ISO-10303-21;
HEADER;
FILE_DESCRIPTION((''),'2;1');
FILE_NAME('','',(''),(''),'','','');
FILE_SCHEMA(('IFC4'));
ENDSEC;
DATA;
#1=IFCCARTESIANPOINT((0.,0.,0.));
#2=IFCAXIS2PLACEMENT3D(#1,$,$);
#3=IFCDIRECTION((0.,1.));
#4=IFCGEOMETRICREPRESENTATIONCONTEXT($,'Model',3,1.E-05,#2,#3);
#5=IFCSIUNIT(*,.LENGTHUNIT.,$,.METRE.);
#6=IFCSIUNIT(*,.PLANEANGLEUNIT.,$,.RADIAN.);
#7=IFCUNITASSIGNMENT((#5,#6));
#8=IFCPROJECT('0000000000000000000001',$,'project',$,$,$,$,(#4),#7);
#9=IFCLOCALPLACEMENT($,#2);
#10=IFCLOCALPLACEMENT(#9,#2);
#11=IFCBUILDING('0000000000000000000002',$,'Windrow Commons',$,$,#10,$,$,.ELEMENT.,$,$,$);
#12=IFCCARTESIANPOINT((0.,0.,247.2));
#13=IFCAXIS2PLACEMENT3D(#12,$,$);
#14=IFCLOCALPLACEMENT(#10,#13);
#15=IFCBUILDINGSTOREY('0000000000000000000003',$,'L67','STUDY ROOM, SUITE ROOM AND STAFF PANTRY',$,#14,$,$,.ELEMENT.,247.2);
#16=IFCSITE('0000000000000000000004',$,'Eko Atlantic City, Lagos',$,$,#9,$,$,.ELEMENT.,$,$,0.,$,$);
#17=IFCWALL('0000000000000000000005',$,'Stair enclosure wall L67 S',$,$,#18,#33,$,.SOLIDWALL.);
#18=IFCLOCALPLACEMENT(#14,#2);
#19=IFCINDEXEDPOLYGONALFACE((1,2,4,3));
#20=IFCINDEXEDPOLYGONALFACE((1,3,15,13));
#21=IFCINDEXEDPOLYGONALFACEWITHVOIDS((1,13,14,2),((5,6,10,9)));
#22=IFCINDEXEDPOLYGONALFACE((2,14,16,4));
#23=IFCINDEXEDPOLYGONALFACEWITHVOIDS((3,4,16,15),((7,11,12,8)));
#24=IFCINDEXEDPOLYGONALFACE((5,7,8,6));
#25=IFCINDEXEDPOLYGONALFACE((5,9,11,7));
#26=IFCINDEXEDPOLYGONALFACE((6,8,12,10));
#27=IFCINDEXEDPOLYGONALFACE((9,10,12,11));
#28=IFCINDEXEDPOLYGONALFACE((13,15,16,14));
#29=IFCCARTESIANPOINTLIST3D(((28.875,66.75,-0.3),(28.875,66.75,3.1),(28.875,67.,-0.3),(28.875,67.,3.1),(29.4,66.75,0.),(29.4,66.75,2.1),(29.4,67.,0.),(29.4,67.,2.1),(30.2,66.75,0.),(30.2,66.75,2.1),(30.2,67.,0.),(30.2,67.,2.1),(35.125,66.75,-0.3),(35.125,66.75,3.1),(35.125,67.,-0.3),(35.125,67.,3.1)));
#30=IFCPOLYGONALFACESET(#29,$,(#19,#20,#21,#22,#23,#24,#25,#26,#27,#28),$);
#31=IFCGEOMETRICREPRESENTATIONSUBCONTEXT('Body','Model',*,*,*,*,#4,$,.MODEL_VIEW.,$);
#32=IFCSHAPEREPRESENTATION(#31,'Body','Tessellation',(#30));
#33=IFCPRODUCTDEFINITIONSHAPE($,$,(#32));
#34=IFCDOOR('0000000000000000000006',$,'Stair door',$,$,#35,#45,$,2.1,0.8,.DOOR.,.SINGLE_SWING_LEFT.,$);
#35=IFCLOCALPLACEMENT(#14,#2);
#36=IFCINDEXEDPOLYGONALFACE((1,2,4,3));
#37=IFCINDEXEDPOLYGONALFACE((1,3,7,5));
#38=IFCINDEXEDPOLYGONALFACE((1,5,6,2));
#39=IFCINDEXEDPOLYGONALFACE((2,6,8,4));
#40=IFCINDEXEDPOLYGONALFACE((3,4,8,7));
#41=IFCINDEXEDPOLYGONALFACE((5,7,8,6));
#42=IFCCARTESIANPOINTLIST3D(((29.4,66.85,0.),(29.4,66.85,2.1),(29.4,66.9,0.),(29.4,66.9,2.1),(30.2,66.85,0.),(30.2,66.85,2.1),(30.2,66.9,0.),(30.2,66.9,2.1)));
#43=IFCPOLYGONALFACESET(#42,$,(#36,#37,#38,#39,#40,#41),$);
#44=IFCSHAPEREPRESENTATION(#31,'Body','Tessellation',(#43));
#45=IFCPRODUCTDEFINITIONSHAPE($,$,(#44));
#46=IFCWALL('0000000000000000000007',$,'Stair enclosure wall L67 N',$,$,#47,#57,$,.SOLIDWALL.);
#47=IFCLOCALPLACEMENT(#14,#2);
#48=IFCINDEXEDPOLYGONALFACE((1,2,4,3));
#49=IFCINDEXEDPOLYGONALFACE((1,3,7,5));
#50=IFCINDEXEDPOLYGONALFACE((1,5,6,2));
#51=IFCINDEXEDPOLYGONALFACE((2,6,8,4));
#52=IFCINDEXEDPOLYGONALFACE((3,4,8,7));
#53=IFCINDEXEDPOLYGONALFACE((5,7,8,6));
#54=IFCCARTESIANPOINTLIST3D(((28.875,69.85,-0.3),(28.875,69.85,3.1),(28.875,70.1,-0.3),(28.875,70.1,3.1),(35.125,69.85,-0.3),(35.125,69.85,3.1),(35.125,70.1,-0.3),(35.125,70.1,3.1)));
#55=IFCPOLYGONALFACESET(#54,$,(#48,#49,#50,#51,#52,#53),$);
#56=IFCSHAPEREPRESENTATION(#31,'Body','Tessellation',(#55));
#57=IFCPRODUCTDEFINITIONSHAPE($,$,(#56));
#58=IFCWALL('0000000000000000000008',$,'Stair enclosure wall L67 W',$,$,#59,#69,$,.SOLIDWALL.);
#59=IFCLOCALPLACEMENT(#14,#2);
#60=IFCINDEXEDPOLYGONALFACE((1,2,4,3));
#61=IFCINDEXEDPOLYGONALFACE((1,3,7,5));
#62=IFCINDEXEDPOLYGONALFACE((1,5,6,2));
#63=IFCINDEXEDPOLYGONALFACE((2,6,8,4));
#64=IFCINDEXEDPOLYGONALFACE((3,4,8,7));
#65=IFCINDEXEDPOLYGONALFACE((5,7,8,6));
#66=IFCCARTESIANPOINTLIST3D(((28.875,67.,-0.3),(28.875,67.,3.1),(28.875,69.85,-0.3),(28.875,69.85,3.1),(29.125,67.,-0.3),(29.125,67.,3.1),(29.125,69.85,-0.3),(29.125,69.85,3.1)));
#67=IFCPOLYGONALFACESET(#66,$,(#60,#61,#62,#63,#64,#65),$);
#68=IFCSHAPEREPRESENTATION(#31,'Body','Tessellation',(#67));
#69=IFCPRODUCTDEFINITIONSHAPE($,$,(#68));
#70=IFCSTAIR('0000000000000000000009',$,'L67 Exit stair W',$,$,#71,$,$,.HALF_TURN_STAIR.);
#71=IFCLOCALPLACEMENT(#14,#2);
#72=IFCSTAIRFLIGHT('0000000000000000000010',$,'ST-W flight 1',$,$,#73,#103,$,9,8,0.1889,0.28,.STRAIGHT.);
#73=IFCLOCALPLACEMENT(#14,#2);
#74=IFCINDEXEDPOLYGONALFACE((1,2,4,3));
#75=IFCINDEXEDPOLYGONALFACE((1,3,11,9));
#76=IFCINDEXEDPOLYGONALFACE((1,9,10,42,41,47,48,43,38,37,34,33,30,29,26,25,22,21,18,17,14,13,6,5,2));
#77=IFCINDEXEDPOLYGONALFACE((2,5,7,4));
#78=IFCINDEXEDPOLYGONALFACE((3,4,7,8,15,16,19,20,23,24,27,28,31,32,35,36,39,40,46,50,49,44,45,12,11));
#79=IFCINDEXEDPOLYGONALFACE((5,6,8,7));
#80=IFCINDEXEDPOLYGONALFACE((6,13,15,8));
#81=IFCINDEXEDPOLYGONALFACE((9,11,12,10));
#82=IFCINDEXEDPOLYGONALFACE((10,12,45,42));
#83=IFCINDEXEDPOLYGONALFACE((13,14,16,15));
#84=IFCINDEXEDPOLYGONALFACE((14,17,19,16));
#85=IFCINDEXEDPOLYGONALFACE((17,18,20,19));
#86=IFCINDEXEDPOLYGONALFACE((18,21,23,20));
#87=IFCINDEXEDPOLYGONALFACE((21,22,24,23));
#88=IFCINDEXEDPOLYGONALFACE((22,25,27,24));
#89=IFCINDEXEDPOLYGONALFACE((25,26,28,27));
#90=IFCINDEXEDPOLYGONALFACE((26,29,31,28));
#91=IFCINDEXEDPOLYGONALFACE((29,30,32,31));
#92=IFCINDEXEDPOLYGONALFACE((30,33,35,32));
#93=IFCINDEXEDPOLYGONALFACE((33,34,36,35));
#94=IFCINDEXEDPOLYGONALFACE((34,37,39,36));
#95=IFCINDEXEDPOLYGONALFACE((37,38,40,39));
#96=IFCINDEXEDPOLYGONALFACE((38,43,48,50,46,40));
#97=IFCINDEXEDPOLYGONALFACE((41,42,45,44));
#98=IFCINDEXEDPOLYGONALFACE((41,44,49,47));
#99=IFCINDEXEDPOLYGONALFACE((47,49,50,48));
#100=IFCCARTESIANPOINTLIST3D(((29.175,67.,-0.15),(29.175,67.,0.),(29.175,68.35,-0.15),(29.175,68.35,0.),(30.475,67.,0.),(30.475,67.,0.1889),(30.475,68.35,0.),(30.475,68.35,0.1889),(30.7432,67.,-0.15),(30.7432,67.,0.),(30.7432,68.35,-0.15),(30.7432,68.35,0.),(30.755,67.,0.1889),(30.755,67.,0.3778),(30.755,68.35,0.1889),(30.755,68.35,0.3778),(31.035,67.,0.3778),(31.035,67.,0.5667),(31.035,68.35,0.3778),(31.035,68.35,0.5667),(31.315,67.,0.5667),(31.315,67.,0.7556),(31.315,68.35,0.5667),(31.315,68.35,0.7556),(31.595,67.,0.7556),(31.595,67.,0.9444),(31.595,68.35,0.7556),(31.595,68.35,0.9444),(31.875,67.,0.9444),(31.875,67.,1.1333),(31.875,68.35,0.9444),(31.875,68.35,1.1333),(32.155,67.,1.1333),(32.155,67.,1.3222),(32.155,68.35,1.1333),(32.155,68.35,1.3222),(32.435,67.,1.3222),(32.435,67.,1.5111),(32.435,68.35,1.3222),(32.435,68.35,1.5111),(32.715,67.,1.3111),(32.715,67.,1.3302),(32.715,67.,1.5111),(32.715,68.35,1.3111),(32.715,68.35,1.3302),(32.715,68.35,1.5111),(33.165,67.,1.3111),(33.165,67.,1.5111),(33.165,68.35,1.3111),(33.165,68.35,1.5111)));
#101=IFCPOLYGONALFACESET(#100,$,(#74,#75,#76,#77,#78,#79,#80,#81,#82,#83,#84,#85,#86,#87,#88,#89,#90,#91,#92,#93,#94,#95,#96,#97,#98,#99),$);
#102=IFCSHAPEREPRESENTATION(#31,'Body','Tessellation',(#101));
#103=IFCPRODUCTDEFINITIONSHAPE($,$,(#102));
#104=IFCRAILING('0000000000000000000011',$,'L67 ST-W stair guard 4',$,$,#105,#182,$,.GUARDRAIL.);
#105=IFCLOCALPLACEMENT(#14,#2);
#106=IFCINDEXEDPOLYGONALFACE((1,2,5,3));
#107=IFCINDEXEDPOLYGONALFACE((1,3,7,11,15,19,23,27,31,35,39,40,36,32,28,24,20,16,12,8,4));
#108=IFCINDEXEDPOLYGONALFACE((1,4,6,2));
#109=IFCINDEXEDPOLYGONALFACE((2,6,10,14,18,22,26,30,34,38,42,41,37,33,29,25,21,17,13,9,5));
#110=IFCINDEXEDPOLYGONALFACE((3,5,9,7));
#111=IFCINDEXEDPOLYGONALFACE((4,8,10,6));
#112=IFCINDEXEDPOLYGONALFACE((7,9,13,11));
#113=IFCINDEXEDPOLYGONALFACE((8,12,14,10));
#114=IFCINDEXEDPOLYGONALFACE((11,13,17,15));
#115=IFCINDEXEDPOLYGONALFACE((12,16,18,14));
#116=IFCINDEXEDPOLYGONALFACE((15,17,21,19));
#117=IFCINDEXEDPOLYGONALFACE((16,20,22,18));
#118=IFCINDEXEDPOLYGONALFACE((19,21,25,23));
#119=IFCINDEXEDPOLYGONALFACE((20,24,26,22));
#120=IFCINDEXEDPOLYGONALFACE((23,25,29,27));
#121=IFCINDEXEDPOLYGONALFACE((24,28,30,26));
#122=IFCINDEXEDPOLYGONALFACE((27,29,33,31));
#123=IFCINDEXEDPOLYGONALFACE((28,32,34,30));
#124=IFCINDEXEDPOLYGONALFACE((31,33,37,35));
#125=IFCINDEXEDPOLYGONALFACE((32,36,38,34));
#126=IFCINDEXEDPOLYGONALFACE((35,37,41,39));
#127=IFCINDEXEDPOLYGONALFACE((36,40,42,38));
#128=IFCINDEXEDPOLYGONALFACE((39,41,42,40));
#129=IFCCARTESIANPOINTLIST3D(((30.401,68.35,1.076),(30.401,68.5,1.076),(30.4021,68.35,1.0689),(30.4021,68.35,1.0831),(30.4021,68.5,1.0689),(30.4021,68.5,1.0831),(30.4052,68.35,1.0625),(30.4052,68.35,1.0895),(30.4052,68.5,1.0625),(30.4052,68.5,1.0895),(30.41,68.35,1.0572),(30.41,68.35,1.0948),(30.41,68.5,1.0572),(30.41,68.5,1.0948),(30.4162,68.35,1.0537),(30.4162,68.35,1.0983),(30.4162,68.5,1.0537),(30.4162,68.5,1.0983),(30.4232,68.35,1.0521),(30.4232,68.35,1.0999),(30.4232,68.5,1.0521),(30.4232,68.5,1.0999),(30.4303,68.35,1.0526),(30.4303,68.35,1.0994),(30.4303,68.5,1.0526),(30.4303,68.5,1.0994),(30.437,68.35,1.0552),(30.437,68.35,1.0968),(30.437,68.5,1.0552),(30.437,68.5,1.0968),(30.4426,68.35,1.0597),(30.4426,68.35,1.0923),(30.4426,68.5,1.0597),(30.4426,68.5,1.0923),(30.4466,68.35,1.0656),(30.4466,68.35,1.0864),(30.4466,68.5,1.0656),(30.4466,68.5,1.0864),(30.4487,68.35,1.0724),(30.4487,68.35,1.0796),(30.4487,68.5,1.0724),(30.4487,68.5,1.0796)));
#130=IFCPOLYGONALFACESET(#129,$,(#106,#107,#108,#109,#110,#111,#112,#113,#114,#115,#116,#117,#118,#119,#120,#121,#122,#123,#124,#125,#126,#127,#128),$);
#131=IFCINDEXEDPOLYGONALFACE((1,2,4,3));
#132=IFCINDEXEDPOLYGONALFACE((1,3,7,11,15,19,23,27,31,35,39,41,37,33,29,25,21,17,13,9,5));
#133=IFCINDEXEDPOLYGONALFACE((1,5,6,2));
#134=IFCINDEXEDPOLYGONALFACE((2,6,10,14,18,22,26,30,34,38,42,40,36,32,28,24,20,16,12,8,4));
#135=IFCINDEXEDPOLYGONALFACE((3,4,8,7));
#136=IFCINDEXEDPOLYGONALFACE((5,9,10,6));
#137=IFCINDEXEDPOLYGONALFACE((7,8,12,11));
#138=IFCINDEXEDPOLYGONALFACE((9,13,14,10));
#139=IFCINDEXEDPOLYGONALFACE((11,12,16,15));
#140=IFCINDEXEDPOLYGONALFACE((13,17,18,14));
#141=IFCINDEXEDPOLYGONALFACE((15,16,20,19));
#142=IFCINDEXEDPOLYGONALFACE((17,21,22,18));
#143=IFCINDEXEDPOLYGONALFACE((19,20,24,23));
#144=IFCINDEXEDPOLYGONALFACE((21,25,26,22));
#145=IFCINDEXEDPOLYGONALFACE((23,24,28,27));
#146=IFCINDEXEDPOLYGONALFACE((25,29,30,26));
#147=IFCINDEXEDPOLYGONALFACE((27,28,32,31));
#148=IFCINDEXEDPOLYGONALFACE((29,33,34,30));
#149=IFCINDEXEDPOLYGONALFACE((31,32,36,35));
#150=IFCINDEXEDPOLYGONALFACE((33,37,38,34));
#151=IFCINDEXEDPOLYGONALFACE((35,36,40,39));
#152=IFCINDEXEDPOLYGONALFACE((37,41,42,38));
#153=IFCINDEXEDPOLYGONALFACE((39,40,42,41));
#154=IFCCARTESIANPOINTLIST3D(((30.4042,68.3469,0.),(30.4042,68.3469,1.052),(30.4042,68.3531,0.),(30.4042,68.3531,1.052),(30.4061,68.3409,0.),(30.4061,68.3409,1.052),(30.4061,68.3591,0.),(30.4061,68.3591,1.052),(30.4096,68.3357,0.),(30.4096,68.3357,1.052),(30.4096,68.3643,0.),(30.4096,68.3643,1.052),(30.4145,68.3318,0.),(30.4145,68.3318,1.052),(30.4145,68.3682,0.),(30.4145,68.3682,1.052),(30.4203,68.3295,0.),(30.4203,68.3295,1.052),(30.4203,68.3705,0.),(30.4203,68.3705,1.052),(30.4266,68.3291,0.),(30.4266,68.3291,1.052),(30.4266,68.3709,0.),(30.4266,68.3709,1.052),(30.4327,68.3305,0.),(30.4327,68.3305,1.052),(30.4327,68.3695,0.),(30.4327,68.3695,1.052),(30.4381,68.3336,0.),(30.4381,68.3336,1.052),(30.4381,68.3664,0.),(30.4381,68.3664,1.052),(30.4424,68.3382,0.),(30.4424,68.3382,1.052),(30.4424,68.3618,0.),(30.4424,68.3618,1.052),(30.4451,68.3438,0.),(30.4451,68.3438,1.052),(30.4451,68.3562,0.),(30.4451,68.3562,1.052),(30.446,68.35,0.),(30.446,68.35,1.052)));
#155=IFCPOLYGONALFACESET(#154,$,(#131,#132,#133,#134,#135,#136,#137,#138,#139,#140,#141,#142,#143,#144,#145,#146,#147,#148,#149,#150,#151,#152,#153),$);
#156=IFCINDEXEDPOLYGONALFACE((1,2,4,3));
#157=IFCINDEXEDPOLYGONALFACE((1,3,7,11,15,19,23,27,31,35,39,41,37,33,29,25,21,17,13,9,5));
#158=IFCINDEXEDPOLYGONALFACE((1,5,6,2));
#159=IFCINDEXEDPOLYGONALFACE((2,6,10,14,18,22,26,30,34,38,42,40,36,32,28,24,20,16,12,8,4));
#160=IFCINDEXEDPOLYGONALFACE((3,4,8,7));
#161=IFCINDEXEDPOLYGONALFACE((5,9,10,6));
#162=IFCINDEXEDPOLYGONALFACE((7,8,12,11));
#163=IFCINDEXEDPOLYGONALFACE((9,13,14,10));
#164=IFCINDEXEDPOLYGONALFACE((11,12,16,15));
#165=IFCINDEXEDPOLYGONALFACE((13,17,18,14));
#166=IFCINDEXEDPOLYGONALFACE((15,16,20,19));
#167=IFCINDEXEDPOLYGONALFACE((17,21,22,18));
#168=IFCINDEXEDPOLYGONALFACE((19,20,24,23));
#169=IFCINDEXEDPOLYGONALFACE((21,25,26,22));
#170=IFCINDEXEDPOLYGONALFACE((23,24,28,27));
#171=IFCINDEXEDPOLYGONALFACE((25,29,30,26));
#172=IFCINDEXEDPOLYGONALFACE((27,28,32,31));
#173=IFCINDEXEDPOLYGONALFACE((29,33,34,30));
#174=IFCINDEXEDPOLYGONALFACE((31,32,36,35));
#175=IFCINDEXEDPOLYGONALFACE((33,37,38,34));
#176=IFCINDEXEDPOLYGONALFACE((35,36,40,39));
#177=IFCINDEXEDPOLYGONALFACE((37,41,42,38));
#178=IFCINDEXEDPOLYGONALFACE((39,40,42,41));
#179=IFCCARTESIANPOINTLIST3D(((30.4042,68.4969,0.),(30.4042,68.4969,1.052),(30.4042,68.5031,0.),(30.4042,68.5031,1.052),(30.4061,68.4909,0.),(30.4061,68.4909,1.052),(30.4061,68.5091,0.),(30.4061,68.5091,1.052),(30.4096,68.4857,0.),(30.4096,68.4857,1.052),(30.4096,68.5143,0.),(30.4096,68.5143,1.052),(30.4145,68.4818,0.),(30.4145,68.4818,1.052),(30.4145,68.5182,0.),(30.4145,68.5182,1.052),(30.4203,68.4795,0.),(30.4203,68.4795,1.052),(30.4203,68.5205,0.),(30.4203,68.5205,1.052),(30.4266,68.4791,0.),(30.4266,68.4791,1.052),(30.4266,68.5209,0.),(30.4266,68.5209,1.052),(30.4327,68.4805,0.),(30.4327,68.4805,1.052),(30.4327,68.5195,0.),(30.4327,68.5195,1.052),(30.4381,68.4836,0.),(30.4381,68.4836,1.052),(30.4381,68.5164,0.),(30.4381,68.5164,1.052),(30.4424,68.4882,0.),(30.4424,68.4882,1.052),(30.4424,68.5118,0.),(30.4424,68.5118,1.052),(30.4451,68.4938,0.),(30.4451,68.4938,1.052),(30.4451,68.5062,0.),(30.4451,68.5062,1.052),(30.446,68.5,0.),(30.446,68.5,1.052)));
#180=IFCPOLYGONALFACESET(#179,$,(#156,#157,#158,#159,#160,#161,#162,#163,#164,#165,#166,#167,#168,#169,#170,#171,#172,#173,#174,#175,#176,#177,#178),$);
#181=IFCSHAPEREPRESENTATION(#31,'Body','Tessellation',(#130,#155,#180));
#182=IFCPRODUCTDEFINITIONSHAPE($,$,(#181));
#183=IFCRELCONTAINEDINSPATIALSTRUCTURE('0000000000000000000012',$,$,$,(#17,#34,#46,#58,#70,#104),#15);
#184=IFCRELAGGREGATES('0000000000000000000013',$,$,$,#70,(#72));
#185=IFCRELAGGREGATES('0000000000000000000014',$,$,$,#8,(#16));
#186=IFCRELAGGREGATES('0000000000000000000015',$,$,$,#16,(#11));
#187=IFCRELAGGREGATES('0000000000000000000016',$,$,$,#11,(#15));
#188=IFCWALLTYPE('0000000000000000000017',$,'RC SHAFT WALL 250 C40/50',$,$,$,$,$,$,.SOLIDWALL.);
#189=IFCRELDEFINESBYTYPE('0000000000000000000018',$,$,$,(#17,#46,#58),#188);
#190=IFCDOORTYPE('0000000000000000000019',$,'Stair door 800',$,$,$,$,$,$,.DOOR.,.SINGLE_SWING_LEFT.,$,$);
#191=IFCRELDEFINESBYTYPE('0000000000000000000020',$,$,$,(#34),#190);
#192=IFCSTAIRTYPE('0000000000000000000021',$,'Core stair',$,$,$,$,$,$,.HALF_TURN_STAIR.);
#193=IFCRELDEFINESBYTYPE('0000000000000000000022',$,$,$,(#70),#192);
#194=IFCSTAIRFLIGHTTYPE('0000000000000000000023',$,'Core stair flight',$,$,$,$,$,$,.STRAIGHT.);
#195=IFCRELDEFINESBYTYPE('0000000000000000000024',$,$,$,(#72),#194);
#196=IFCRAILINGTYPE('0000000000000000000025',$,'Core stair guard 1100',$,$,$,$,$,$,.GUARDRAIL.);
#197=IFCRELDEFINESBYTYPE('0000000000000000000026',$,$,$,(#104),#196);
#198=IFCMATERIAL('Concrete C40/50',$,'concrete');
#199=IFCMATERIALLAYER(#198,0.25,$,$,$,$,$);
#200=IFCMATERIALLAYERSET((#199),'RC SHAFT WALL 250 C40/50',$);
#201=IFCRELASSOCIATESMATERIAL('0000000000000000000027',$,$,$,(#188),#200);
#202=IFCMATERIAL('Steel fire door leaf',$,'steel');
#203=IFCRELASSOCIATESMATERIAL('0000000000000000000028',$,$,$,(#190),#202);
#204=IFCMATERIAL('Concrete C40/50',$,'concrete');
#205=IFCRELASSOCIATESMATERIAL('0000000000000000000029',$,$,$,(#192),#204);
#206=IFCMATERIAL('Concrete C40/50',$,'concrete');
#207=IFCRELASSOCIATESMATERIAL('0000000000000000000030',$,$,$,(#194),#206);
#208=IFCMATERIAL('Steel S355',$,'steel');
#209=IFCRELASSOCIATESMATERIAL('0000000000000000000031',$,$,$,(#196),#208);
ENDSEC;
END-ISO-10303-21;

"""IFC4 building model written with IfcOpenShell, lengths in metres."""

from ifc_helpers import new_model, si_unit, direction, frame, frame_2d, origin, origin_2d, place, context, subcontext, project, spatial, polyline, rectangle, circle, outline, extrude, material, layer, layer_set, type_object, element, fill, aggregate, save


model = new_model("IFC4")

# Units and contexts
model_context = context("Model", 3, precision=1e-05, world=origin(), true_north=direction((0.0, 1.0)))
body_context = subcontext(model_context, "Body", "Model", "MODEL_VIEW")
ifc_project = project(units=[si_unit("LENGTHUNIT", "METRE"), si_unit("PLANEANGLEUNIT", "RADIAN")], contexts=[model_context])

# Site, building, storey
site_placement = place(None, origin())
site = spatial("IfcSite", under=ifc_project, at=site_placement, Name="Eko Atlantic City, Lagos", CompositionType="ELEMENT", RefElevation=0.0)
building_placement = place(site_placement, origin())
building = spatial("IfcBuilding", under=site, at=building_placement, Name="Windrow Commons", CompositionType="ELEMENT")
storey_placement = place(building_placement, frame((0.0, 0.0, 247.2)))
storey = spatial("IfcBuildingStorey", under=building, at=storey_placement, Name="L67", Description="STUDY ROOM, SUITE ROOM AND STAFF PANTRY", CompositionType="ELEMENT", Elevation=247.2)

# Wall, opening, door
ifc_material_1 = material(Name="Concrete C40/50", Category="concrete")
ifc_layer_1 = layer(ifc_material_1, 0.25)
ifc_layer_set_1 = layer_set([ifc_layer_1], Name="RC SHAFT WALL 250 C40/50")
wall_type_1 = type_object("IfcWallType", Name="RC SHAFT WALL 250 C40/50", PredefinedType="SOLIDWALL", material=ifc_layer_set_1)
wall_1_placement = place(storey_placement, frame((28.875, 66.875, -0.3), z_axis=(0.0, 0.0, 1.0), x_axis=(1.0, 0.0, 0.0)))
wall_1 = element("IfcWall", 1, at=wall_1_placement, inside=storey, type_object=wall_type_1, Name="Stair enclosure wall L67 S", PredefinedType="SOLIDWALL", context=body_context, shape_type="SweptSolid", body=[
    extrude(rectangle(XDim=6.25, YDim=0.25, at=frame_2d((3.125, 0.0))), origin(), (0.0, 0.0, 1.0), 3.4),
])
opening_1_placement = place(wall_1_placement, frame((0.525, 0.0, 0.3)))
opening_1 = element("IfcOpeningElement", 2, at=opening_1_placement, cuts=wall_1, PredefinedType="OPENING", context=body_context, shape_type="SweptSolid", body=[
    extrude(rectangle(XDim=0.8, YDim=2.1, at=frame_2d((0.4, 1.05))), frame((0.0, 0.135, 0.0), z_axis=(0.0, -1.0, 0.0), x_axis=(1.0, 0.0, 0.0)), (0.0, 0.0, 1.0), 0.27),
])
ifc_material_2 = material(Name="Steel fire door leaf", Category="steel")
door_type_1 = type_object("IfcDoorType", Name="Stair door 800", OperationType="SINGLE_SWING_LEFT", PredefinedType="DOOR", material=ifc_material_2)
door_1_placement = place(opening_1_placement, origin())
door_1 = element("IfcDoor", 3, at=door_1_placement, inside=storey, type_object=door_type_1, Name="Stair door", OperationType="SINGLE_SWING_LEFT", OverallHeight=2.1, OverallWidth=0.8, PredefinedType="DOOR", context=body_context, shape_type="SweptSolid", body=[
    extrude(rectangle(XDim=0.8, YDim=2.1, at=frame_2d((0.4, 1.05))), frame((0.0, 0.025, 0.0), z_axis=(0.0, -1.0, 0.0), x_axis=(1.0, 0.0, 0.0)), (0.0, 0.0, 1.0), 0.05),
])
fill(opening_1, door_1)

# Walls
wall_2_placement = place(storey_placement, frame((28.875, 69.975, -0.3), z_axis=(0.0, 0.0, 1.0), x_axis=(1.0, 0.0, 0.0)))
element("IfcWall", 4, at=wall_2_placement, inside=storey, type_object=wall_type_1, Name="Stair enclosure wall L67 N", PredefinedType="SOLIDWALL", context=body_context, shape_type="SweptSolid", body=[
    extrude(rectangle(XDim=6.25, YDim=0.25, at=frame_2d((3.125, 0.0))), origin(), (0.0, 0.0, 1.0), 3.4),
])
wall_3_placement = place(storey_placement, frame((29.0, 67.0, -0.3), z_axis=(0.0, 0.0, 1.0), x_axis=(0.0, 1.0, 0.0)))
element("IfcWall", 5, at=wall_3_placement, inside=storey, type_object=wall_type_1, Name="Stair enclosure wall L67 W", PredefinedType="SOLIDWALL", context=body_context, shape_type="SweptSolid", body=[
    extrude(rectangle(XDim=2.85, YDim=0.25, at=frame_2d((1.425, 0.0))), origin(), (0.0, 0.0, 1.0), 3.4),
])

# Stair, stair flight
ifc_material_3 = material(Name="Concrete C40/50", Category="concrete")
stair_type = type_object("IfcStairType", Name="Core stair", PredefinedType="HALF_TURN_STAIR", material=ifc_material_3)
stair_placement = place(storey_placement, origin())
stair = element("IfcStair", 6, at=stair_placement, inside=storey, type_object=stair_type, Name="L67 Exit stair W", PredefinedType="HALF_TURN_STAIR")
ifc_material_4 = material(Name="Concrete C40/50", Category="concrete")
stair_flight_type = type_object("IfcStairFlightType", Name="Core stair flight", PredefinedType="STRAIGHT", material=ifc_material_4)
stair_flight_placement = place(storey_placement, frame((30.475, 67.675, 0.0), z_axis=(0.0, 0.0, 1.0), x_axis=(1.0, 0.0, 0.0)))
stair_flight = element("IfcStairFlight", 7, at=stair_flight_placement, type_object=stair_flight_type, Name="ST-W flight 1", NumberOfRisers=9, NumberOfTreads=8, PredefinedType="STRAIGHT", RiserHeight=0.1889, TreadLength=0.28, context=body_context, shape_type="SweptSolid", body=[
    extrude(outline(polyline([(-1.3, -0.15), (-1.3, 0.0), (0.0, 0.0), (0.0, 0.1889), (0.28, 0.1889), (0.28, 0.3778), (0.56, 0.3778), (0.56, 0.5667), (0.84, 0.5667), (0.84, 0.7556), (1.12, 0.7556), (1.12, 0.9444), (1.4, 0.9444), (1.4, 1.1333), (1.68, 1.1333), (1.68, 1.3222), (1.96, 1.3222), (1.96, 1.5111), (2.24, 1.5111), (2.69, 1.5111), (2.69, 1.3111), (2.24, 1.3111), (2.24, 1.3302), (0.2682, 0.0), (0.2682, -0.15), (-1.3, -0.15)])), frame((0.0, 0.675, 0.0), z_axis=(0.0, -1.0, 0.0), x_axis=(1.0, 0.0, 0.0)), (0.0, 0.0, 1.0), 1.35),
])
aggregate(stair, [stair_flight])

# Railing
ifc_material_5 = material(Name="Steel S355", Category="steel")
railing_type_1 = type_object("IfcRailingType", Name="Core stair guard 1100", PredefinedType="GUARDRAIL", material=ifc_material_5)
railing_1_placement = place(storey_placement, frame((30.425, 68.35, 0.0)))
element("IfcRailing", 8, at=railing_1_placement, inside=storey, type_object=railing_type_1, Name="L67 ST-W stair guard 4", PredefinedType="GUARDRAIL", context=body_context, shape_type="SweptSolid", body=[
    extrude(circle(Radius=0.024, at=origin_2d()), frame((0.0, 0.0, 1.076), z_axis=(0.0, 1.0, 0.0), x_axis=(-1.0, 0.0, 0.0)), (0.0, 0.0, 1.0), 0.15),
    extrude(circle(Radius=0.021, at=origin_2d()), origin(), (0.0, 0.0, 1.0), 1.052),
    extrude(circle(Radius=0.021, at=origin_2d()), frame((0.0, 0.15, 0.0)), (0.0, 0.0, 1.0), 1.052),
])

save(model, "model.ifc")
